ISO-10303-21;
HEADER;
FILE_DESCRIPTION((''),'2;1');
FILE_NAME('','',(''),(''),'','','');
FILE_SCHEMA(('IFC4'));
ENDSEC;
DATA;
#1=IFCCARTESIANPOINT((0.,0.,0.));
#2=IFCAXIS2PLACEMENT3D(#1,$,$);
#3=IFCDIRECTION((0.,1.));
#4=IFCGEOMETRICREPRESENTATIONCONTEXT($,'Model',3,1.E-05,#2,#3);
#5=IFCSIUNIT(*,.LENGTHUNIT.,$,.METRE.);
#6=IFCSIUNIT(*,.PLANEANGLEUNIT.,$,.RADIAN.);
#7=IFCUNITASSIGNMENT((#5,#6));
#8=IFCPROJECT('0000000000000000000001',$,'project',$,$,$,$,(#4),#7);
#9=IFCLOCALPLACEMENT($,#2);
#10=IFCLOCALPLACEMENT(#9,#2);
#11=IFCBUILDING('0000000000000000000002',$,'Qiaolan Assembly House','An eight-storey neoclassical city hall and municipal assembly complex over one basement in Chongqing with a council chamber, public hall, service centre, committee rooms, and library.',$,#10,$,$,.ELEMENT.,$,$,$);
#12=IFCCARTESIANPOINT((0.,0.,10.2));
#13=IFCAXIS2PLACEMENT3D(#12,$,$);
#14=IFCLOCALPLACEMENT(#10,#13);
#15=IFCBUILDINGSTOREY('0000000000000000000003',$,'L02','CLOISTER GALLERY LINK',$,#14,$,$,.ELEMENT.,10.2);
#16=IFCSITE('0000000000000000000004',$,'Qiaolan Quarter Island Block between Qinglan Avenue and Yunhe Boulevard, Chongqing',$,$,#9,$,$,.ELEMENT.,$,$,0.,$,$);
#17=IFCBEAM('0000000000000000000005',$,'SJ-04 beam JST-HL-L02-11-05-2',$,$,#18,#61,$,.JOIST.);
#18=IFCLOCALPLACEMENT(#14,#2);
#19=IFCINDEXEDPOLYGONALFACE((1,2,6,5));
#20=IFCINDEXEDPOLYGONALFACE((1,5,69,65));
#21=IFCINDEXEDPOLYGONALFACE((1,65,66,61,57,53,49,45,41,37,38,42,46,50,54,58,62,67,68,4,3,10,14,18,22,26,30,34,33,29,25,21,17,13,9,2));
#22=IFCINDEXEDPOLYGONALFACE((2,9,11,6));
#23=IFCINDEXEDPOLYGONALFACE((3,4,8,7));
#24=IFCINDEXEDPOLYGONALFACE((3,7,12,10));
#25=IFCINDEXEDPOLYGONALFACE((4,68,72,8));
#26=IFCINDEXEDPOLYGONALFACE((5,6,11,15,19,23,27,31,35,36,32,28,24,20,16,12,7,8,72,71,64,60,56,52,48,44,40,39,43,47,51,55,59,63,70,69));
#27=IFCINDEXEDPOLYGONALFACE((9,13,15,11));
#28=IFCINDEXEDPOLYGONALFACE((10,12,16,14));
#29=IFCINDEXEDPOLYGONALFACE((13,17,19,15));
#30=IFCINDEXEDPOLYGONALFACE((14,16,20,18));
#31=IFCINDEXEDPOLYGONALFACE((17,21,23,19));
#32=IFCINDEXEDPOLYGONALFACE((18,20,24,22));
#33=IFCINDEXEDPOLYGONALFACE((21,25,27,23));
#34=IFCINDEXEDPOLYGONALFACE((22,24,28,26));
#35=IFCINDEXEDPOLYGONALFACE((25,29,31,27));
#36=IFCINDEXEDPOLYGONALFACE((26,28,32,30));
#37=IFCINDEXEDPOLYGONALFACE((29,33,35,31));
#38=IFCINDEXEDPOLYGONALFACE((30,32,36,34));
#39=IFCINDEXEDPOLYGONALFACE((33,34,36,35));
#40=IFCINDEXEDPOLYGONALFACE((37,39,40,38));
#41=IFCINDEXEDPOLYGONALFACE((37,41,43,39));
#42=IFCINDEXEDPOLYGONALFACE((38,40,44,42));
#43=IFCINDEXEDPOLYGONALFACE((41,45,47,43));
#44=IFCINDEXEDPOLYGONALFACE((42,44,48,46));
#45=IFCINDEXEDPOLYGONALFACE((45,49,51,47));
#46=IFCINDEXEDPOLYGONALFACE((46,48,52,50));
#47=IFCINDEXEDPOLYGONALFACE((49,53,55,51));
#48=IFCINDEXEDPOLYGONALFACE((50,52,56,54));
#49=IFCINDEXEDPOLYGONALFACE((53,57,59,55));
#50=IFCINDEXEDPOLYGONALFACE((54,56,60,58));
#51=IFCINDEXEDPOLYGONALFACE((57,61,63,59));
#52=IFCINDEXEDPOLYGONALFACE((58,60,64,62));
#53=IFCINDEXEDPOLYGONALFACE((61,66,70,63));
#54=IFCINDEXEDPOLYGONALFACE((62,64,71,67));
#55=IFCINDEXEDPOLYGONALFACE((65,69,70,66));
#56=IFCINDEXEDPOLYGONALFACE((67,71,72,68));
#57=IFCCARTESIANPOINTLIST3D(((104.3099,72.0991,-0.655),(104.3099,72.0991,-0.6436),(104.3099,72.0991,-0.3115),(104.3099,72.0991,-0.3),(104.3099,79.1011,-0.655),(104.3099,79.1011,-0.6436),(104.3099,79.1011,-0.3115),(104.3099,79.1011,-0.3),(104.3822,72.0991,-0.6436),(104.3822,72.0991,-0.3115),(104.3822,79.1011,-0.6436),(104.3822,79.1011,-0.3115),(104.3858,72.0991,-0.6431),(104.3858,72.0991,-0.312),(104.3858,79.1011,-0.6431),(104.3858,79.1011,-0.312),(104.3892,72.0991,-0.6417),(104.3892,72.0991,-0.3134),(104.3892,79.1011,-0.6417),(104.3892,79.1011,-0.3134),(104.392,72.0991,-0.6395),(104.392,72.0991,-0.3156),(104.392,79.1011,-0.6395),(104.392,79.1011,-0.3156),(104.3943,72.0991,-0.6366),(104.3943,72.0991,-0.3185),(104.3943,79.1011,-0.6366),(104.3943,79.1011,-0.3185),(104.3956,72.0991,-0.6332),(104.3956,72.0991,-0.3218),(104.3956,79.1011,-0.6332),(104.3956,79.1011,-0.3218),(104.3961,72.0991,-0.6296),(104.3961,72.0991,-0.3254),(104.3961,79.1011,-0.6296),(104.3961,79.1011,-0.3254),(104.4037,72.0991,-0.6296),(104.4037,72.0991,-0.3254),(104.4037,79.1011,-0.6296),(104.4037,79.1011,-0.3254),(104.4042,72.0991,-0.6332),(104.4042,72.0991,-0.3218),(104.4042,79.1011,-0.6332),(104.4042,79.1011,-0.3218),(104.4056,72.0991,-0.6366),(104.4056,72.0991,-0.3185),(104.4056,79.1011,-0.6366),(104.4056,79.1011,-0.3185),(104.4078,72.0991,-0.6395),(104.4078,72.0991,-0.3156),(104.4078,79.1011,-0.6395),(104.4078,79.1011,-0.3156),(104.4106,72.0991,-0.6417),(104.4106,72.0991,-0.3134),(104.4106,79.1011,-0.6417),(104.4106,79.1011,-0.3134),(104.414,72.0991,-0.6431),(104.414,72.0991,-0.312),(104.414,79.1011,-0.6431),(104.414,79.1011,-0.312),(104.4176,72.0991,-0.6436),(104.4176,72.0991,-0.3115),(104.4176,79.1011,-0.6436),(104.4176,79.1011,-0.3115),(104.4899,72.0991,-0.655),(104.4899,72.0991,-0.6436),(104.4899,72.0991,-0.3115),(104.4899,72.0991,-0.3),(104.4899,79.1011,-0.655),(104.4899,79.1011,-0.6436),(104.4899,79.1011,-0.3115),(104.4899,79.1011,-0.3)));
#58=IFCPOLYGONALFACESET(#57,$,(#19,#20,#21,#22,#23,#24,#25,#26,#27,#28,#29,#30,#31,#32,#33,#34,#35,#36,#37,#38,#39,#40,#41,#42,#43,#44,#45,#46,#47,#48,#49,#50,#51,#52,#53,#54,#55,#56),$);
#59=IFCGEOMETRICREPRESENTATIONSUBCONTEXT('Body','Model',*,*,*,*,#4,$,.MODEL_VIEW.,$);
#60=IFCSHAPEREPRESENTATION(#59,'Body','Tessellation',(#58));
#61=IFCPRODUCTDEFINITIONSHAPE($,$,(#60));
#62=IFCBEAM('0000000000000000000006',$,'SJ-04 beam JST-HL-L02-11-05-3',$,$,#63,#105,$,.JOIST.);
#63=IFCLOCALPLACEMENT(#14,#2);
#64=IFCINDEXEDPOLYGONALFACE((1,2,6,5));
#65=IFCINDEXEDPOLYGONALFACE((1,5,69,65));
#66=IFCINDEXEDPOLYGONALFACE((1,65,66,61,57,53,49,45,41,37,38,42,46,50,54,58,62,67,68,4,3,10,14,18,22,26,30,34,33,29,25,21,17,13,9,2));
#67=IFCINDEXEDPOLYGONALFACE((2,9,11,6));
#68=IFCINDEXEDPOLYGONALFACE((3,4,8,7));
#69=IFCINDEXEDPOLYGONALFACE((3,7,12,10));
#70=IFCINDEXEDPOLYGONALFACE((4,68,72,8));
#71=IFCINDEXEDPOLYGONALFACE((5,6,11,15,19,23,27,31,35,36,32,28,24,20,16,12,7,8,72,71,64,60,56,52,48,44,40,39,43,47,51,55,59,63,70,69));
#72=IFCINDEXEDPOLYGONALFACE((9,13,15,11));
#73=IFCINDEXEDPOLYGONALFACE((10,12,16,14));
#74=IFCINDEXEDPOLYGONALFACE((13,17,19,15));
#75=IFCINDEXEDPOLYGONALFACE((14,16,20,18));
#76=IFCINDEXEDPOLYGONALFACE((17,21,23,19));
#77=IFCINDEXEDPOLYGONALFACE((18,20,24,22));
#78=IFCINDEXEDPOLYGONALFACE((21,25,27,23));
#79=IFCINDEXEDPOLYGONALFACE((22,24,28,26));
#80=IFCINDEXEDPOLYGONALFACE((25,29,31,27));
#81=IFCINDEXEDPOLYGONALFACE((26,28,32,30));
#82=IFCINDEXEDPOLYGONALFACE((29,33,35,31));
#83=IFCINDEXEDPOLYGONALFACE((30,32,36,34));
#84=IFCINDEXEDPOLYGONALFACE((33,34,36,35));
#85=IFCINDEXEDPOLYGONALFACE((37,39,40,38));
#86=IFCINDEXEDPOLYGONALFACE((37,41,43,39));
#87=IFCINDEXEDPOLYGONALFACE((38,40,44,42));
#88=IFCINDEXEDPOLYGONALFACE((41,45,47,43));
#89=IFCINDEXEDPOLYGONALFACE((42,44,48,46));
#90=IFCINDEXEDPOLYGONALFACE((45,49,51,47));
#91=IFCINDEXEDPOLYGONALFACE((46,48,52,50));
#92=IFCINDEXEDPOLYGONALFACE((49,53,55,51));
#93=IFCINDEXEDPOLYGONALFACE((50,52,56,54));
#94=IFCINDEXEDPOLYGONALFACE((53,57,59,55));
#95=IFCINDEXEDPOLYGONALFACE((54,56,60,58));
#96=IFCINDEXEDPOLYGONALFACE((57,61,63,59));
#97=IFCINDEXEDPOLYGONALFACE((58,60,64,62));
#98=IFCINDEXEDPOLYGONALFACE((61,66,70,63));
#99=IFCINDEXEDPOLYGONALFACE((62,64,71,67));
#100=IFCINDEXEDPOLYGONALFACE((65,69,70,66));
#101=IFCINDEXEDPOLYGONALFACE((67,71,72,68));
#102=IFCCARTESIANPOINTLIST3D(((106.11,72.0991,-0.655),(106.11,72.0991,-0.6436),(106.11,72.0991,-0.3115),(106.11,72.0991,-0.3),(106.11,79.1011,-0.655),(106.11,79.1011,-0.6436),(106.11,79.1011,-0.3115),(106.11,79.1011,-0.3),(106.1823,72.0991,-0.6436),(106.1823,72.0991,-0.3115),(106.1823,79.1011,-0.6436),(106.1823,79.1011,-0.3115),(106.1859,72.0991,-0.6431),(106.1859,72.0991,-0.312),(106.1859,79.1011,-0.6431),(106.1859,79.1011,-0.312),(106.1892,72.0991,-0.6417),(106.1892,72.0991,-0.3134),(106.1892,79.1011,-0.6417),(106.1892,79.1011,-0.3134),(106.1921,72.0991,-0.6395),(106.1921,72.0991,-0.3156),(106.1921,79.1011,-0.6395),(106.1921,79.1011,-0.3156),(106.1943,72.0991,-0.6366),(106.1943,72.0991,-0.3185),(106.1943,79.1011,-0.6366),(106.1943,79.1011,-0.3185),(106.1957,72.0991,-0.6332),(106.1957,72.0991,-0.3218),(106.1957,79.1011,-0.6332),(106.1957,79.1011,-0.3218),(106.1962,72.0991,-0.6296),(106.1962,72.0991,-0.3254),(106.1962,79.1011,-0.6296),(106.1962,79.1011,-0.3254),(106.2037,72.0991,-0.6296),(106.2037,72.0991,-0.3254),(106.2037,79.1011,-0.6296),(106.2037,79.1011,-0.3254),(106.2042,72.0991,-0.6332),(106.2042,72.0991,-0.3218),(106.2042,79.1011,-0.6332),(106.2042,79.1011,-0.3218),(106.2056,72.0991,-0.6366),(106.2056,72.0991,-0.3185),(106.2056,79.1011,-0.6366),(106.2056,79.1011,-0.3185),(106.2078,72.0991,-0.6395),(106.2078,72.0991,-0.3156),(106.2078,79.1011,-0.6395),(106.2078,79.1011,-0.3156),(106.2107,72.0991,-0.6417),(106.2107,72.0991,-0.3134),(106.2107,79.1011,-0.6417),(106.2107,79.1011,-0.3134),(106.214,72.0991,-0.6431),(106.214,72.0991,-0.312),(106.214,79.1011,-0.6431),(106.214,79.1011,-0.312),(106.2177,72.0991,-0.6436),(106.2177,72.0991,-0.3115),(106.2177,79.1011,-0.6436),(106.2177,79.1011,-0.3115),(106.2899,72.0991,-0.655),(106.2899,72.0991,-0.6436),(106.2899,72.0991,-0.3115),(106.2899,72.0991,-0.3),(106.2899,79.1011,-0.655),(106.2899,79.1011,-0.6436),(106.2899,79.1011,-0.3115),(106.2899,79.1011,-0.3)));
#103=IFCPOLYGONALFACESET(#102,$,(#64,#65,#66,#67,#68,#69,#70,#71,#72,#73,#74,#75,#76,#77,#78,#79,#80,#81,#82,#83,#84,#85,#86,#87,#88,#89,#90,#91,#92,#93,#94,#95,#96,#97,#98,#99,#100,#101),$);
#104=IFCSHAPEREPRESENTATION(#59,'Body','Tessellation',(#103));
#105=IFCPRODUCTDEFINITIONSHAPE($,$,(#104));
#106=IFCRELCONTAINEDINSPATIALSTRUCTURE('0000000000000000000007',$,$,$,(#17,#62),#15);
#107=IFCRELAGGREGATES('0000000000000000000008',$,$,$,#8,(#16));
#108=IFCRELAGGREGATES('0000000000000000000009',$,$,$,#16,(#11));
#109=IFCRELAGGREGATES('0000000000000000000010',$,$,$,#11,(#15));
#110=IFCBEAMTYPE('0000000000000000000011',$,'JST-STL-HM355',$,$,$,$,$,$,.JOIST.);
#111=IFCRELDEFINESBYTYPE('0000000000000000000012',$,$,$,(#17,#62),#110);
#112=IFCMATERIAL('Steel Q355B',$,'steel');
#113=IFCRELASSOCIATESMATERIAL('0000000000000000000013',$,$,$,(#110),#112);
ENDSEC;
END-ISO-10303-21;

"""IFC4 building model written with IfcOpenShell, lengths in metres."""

from ifc_helpers import new_model, si_unit, direction, frame, origin, origin_2d, place, context, subcontext, project, spatial, i_section, extrude, material, material_profile, profile_set, type_object, element, save


model = new_model("IFC4")

# Units and contexts
model_context = context("Model", 3, precision=1e-05, world=origin(), true_north=direction((0.0, 1.0)))
body_context = subcontext(model_context, "Body", "Model", "MODEL_VIEW")
ifc_project = project(units=[si_unit("LENGTHUNIT", "METRE"), si_unit("PLANEANGLEUNIT", "RADIAN")], contexts=[model_context])

# Site, building, storey
site_placement = place(None, origin())
site = spatial("IfcSite", under=ifc_project, at=site_placement, Name="Qiaolan Quarter Island Block between Qinglan Avenue and Yunhe Boulevard, Chongqing", CompositionType="ELEMENT", RefElevation=0.0)
building_placement = place(site_placement, origin())
building = spatial("IfcBuilding", under=site, at=building_placement, Name="Qiaolan Assembly House", Description="An eight-storey neoclassical city hall and municipal assembly complex over one basement in Chongqing with a council chamber, public hall, service centre, committee rooms, and library.", CompositionType="ELEMENT")
storey_placement = place(building_placement, frame((0.0, 0.0, 10.2)))
storey = spatial("IfcBuildingStorey", under=building, at=storey_placement, Name="L02", Description="CLOISTER GALLERY LINK", CompositionType="ELEMENT", Elevation=10.2)

# Shared definitions
ifc_material = material(Name="Steel Q355B", Category="steel")

# Beams
ifc_material_profile_1 = material_profile(ifc_material, i_section(OverallWidth=0.1799, OverallDepth=0.355, WebThickness=0.0076, FlangeThickness=0.0115, FilletRadius=0.0139, at=origin_2d()), Name="HM 355x180x7.5x11.5")
ifc_profile_set_1 = profile_set([ifc_material_profile_1], Name="Steel Q355B")
beam_type_1 = type_object("IfcBeamType", Name="JST-STL-HM355", PredefinedType="JOIST", material=ifc_profile_set_1)
for number, where, z_axis, x_axis, name in (
    (1, (104.3999, 72.0991, -0.4775), (0.0, 1.0, 0.0), (-1.0, 0.0, 0.0), "SJ-04 beam JST-HL-L02-11-05-2"),
    (2, (106.2, 72.0991, -0.4775), (0.0, 1.0, 0.0), (-1.0, 0.0, 0.0), "SJ-04 beam JST-HL-L02-11-05-3"),
):
    element("IfcBeam", number, at=place(storey_placement, frame(where, z_axis=z_axis, x_axis=x_axis)), inside=storey, type_object=beam_type_1, Name=name, PredefinedType="JOIST", context=body_context, shape_type="SweptSolid", body=[
        extrude(i_section(OverallWidth=0.1799, OverallDepth=0.355, WebThickness=0.0076, FlangeThickness=0.0115, FilletRadius=0.0139, at=origin_2d()), origin(), (0.0, 0.0, 1.0), 7.002),
    ])

save(model, "model.ifc")
